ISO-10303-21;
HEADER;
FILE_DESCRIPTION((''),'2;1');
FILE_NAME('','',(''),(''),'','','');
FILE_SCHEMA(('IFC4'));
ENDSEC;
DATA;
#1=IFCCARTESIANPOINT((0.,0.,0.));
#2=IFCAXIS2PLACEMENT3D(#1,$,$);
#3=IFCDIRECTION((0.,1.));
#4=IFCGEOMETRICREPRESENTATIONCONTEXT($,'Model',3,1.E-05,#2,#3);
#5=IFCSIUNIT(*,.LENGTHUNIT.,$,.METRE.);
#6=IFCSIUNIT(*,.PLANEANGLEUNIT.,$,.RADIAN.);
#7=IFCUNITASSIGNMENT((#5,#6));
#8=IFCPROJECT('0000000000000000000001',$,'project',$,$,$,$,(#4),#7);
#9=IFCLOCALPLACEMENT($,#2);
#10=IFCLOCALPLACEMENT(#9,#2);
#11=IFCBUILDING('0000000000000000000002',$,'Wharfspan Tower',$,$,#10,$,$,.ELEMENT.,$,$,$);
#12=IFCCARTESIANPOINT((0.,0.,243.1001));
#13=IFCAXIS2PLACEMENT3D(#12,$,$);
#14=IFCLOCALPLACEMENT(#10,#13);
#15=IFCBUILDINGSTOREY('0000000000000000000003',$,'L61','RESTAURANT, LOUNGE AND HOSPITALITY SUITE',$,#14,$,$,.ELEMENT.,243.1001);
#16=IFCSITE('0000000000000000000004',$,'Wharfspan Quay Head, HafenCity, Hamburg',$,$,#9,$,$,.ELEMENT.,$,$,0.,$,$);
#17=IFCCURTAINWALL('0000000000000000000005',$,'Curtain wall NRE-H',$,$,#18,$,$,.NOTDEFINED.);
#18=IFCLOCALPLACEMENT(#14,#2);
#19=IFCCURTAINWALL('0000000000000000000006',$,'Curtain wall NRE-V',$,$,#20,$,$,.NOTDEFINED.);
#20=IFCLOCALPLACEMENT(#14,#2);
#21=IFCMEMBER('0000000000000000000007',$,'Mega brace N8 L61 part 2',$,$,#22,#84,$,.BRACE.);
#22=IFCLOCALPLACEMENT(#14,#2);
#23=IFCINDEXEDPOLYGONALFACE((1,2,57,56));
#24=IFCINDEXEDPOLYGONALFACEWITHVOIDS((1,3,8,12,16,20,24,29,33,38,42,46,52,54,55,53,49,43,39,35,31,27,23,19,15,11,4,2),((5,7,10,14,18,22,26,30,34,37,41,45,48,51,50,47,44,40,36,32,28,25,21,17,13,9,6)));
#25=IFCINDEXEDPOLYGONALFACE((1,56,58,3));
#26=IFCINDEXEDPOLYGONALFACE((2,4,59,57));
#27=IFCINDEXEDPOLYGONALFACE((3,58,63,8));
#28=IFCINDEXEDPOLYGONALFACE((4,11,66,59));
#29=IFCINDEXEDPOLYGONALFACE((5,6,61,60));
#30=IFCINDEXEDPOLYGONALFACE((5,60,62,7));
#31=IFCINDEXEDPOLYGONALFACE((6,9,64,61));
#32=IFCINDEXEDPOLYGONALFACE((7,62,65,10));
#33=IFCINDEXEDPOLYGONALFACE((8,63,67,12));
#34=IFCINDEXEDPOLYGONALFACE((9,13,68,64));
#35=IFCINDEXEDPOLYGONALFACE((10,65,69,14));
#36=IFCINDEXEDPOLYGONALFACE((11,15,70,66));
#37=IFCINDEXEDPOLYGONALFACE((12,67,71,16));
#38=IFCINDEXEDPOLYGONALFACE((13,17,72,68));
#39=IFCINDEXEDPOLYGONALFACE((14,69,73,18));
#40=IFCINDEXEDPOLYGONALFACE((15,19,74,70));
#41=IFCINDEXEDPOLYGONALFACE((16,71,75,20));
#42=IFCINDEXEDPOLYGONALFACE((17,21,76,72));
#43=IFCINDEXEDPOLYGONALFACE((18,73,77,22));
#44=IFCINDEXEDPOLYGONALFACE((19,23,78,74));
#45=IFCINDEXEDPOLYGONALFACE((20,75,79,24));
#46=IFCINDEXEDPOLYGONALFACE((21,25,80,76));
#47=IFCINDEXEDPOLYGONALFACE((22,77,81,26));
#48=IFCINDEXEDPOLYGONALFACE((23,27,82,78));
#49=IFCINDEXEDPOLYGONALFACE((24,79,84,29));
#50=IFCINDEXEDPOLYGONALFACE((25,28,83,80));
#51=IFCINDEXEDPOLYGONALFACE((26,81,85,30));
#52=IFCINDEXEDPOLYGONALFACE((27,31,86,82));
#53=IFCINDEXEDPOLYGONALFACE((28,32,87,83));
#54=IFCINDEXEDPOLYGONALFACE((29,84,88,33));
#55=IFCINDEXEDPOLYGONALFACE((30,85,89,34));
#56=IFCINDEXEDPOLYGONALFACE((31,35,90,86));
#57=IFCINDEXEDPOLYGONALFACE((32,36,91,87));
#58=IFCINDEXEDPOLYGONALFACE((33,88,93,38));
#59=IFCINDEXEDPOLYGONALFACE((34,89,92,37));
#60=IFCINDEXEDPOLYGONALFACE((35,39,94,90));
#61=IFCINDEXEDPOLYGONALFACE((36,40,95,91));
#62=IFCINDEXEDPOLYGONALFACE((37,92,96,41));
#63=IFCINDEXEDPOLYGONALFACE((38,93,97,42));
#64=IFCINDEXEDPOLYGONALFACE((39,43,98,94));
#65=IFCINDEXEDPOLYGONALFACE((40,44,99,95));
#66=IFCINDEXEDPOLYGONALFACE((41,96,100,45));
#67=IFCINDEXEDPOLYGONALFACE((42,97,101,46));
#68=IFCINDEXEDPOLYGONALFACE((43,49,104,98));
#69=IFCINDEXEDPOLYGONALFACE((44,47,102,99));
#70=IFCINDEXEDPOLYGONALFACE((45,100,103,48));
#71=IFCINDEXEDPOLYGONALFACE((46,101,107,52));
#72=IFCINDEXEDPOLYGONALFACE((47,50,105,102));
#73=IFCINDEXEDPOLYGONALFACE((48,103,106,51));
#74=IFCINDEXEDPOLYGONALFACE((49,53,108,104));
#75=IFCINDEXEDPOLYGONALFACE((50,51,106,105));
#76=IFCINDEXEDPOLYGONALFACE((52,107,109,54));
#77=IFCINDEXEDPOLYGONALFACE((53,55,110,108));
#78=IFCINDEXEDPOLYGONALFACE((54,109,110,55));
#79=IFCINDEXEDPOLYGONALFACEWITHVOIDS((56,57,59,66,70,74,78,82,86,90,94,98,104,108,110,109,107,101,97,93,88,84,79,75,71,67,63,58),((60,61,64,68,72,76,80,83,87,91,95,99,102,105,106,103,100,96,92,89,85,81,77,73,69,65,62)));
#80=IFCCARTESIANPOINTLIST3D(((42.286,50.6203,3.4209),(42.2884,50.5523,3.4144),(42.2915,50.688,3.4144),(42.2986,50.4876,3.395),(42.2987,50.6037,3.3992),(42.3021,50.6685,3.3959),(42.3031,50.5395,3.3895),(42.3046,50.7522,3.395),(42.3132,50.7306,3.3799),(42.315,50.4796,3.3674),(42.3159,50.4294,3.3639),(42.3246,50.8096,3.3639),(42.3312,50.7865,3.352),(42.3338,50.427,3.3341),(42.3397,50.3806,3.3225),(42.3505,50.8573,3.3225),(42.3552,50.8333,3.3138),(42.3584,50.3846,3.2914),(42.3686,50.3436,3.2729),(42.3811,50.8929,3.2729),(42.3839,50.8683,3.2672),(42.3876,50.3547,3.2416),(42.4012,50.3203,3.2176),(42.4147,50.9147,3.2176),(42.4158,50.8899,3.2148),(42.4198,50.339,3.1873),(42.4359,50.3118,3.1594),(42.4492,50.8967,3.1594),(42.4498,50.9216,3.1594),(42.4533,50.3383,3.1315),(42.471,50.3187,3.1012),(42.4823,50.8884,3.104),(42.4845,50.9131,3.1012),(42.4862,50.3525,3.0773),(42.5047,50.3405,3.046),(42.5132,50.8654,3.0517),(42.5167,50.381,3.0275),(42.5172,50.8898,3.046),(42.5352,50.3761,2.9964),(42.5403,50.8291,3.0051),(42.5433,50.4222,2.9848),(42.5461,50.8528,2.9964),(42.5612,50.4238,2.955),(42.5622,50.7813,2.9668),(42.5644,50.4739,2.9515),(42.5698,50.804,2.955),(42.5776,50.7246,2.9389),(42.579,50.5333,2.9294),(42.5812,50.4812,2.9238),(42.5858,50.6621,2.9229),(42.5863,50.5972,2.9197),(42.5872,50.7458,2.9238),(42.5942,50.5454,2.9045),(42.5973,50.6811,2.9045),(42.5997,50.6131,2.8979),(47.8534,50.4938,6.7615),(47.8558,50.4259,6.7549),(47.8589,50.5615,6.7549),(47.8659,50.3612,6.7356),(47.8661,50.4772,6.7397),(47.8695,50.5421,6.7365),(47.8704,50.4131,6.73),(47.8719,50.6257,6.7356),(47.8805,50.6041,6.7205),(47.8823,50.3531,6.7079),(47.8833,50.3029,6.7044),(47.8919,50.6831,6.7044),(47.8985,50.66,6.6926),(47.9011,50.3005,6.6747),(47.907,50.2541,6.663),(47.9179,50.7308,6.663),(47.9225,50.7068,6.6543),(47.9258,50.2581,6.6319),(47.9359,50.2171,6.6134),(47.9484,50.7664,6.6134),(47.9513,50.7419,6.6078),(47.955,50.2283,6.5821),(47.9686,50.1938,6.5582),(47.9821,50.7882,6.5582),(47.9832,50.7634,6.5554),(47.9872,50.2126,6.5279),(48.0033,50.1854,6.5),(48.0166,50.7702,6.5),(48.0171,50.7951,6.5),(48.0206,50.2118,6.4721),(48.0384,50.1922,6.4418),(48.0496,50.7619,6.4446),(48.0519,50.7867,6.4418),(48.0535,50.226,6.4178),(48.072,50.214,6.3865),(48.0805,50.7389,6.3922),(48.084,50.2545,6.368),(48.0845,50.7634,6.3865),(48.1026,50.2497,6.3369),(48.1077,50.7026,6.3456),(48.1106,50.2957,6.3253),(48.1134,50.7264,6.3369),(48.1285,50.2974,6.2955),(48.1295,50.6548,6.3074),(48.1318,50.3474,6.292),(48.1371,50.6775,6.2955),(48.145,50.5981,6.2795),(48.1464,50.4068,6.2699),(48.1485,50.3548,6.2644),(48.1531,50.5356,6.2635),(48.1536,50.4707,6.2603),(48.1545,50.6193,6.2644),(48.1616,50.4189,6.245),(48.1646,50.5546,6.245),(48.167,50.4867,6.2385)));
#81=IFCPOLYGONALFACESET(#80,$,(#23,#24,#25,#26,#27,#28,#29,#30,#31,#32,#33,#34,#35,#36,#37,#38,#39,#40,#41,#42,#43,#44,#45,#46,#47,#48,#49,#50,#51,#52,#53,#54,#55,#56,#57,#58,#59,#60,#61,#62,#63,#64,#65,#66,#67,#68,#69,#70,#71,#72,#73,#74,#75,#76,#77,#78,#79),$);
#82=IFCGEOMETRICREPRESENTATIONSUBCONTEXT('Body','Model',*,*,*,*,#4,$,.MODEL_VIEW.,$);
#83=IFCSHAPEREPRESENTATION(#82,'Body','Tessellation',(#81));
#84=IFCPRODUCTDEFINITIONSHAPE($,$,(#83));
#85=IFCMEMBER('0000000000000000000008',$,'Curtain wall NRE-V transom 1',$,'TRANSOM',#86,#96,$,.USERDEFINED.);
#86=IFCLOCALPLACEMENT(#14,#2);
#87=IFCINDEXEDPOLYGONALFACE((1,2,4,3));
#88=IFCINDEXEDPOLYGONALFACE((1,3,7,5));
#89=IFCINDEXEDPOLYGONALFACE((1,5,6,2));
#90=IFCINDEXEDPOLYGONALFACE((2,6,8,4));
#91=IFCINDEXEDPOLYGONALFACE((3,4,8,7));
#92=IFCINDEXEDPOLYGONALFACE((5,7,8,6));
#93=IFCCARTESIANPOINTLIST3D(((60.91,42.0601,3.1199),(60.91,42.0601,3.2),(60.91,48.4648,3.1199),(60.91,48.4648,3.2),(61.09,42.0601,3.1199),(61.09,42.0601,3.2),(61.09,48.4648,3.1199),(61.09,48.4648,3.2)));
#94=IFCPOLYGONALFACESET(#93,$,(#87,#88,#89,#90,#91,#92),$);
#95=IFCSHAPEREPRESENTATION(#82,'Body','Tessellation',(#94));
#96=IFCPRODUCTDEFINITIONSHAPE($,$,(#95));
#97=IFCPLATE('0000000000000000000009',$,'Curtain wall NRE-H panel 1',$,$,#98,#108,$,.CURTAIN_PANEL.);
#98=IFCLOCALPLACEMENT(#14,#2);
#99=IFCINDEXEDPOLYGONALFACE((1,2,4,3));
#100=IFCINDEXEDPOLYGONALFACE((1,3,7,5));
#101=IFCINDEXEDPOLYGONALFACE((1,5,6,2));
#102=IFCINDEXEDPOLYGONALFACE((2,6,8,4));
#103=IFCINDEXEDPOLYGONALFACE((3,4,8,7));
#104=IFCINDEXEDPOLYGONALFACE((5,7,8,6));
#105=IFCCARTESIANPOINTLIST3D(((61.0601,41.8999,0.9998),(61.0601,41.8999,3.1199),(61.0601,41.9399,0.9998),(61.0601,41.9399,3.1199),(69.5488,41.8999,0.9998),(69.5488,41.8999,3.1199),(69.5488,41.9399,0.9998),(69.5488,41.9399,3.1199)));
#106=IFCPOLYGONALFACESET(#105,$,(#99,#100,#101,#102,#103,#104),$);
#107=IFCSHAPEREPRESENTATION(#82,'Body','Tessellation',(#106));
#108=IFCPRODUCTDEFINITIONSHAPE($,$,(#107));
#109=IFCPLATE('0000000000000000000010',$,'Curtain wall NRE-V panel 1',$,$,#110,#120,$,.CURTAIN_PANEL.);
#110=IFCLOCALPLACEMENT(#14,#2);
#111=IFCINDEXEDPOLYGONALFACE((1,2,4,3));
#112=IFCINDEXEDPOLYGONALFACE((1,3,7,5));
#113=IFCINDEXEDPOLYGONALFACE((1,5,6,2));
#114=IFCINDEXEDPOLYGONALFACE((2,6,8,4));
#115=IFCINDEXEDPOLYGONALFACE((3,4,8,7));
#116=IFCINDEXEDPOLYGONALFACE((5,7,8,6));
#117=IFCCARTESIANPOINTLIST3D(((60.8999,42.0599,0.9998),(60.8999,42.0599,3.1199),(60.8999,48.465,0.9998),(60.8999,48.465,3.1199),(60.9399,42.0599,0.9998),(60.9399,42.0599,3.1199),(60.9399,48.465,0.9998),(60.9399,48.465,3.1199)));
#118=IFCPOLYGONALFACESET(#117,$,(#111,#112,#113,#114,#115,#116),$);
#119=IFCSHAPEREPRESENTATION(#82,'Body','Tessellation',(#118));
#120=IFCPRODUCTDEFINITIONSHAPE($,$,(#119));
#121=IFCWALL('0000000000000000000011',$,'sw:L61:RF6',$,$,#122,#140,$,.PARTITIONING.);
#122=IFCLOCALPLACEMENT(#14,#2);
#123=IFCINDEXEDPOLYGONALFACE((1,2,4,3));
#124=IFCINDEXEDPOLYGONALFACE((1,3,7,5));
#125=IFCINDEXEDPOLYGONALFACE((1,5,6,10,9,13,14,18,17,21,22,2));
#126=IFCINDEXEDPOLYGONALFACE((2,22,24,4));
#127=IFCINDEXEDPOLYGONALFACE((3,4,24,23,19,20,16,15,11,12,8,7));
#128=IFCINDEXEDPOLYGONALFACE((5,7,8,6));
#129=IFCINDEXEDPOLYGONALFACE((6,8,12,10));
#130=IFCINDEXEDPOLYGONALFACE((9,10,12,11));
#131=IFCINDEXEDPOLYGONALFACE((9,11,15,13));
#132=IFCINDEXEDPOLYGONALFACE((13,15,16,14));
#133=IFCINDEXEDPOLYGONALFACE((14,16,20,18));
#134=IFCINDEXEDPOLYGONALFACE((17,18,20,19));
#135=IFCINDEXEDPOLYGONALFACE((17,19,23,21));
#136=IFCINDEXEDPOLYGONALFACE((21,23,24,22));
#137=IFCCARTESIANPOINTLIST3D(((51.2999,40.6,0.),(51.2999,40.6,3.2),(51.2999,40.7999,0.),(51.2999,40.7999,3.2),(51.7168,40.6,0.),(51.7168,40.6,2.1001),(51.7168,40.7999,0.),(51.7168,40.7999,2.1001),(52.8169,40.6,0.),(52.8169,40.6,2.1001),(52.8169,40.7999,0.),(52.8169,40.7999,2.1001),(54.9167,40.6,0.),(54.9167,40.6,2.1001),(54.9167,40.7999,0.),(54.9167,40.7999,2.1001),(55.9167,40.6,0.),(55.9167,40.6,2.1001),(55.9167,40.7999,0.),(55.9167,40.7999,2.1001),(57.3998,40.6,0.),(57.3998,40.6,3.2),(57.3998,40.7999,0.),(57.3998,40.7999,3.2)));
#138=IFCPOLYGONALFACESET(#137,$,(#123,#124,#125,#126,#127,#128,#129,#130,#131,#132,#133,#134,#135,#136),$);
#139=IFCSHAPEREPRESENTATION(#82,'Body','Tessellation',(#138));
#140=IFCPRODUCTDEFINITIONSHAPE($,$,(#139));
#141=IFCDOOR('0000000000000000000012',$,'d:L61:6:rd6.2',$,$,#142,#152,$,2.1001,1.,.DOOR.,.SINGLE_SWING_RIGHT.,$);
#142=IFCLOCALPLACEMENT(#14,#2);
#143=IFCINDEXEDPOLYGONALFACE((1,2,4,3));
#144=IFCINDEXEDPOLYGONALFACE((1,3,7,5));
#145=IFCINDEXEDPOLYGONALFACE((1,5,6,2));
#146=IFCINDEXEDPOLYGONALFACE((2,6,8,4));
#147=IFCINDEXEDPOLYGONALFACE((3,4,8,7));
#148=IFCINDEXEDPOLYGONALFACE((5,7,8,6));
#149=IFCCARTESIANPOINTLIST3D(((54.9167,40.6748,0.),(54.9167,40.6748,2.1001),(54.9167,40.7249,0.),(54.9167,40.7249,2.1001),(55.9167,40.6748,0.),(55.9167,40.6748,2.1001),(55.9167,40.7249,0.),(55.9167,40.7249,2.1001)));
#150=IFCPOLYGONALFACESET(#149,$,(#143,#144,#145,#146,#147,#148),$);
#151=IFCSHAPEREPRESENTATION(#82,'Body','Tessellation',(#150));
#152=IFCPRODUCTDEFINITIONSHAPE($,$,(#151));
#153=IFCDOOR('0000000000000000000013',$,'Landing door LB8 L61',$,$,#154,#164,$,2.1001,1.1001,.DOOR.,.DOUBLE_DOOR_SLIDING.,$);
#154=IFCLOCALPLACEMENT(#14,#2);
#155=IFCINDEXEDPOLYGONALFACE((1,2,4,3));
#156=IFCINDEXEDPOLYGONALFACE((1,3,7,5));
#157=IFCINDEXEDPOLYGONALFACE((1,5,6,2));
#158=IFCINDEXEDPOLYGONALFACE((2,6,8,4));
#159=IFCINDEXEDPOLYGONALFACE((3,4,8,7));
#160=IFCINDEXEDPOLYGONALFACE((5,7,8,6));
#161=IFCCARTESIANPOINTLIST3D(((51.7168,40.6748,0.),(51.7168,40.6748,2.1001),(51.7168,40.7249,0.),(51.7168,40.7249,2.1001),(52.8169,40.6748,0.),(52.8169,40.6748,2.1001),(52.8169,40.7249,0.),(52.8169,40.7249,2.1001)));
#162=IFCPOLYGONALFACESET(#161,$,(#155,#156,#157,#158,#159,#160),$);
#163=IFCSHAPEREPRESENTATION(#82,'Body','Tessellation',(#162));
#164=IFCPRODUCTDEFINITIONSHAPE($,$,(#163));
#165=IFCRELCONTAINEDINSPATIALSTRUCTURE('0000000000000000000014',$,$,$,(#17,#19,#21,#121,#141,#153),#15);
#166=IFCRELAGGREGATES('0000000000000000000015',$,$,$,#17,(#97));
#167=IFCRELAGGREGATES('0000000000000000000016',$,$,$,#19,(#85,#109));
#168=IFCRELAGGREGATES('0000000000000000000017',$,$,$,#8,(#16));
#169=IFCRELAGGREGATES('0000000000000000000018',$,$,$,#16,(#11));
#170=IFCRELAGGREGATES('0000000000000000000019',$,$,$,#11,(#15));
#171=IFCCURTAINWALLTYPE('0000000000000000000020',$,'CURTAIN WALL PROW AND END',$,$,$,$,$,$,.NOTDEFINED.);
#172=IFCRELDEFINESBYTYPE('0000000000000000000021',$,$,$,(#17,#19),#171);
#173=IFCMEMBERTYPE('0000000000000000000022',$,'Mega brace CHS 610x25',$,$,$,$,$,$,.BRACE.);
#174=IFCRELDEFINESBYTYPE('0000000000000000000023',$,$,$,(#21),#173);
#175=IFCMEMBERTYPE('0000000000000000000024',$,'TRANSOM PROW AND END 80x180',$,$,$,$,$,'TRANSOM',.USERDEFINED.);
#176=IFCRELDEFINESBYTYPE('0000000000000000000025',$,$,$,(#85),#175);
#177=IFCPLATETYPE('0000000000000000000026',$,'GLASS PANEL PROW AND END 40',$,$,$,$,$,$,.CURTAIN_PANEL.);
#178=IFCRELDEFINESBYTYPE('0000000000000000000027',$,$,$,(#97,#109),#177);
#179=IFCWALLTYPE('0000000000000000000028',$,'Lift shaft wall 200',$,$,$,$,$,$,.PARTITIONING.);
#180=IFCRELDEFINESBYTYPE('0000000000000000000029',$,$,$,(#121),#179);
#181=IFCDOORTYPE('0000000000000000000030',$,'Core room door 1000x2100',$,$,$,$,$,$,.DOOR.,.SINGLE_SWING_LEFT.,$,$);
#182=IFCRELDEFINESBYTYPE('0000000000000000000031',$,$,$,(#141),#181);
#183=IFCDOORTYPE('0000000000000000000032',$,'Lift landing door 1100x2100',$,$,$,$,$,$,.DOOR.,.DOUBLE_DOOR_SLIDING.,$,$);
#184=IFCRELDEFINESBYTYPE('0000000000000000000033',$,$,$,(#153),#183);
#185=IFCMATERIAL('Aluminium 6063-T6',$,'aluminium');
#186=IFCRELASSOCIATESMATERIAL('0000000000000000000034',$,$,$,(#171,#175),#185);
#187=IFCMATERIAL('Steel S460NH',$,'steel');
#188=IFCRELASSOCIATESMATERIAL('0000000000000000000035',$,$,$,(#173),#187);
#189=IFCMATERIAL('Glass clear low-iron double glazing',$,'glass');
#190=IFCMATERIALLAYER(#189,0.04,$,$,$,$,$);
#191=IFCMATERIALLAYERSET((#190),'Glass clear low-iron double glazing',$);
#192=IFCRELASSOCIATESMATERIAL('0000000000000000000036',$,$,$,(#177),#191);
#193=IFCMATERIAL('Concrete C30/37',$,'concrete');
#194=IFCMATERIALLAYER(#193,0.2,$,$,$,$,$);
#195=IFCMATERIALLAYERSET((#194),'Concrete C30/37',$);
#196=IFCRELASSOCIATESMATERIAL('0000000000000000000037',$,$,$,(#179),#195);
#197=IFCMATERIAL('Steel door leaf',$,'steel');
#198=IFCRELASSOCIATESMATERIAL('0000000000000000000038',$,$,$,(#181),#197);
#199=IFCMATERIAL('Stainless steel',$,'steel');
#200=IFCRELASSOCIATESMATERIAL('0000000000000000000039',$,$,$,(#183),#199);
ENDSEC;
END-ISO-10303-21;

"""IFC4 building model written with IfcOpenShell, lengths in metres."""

from ifc_helpers import new_model, si_unit, direction, frame, frame_2d, origin, origin_2d, place, context, subcontext, project, spatial, rectangle, hollow_circle, extrude, material, layer, layer_set, material_profile, profile_set, type_object, element, fill, aggregate, save


model = new_model("IFC4")

# Units and contexts
model_context = context("Model", 3, precision=1e-05, world=origin(), true_north=direction((0.0, 1.0)))
body_context = subcontext(model_context, "Body", "Model", "MODEL_VIEW")
ifc_project = project(units=[si_unit("LENGTHUNIT", "METRE"), si_unit("PLANEANGLEUNIT", "RADIAN")], contexts=[model_context])

# Site, building, storey
site_placement = place(None, origin())
site = spatial("IfcSite", under=ifc_project, at=site_placement, Name="Wharfspan Quay Head, HafenCity, Hamburg", CompositionType="ELEMENT", RefElevation=0.0)
building_placement = place(site_placement, origin())
building = spatial("IfcBuilding", under=site, at=building_placement, Name="Wharfspan Tower", CompositionType="ELEMENT")
storey_placement = place(building_placement, frame((0.0, 0.0, 243.1001)))
storey = spatial("IfcBuildingStorey", under=building, at=storey_placement, Name="L61", Description="RESTAURANT, LOUNGE AND HOSPITALITY SUITE", CompositionType="ELEMENT", Elevation=243.1001)

# Curtain wall
ifc_material_1 = material(Name="Aluminium 6063-T6", Category="aluminium")
curtain_wall_type = type_object("IfcCurtainWallType", Name="CURTAIN WALL PROW AND END", PredefinedType="NOTDEFINED", material=ifc_material_1)
curtain_wall_1_placement = place(storey_placement, origin())
curtain_wall_1 = element("IfcCurtainWall", 1, at=curtain_wall_1_placement, inside=storey, type_object=curtain_wall_type, Name="Curtain wall NRE-H", PredefinedType="NOTDEFINED")

# Curtain wall
curtain_wall_2_placement = place(storey_placement, origin())
curtain_wall_2 = element("IfcCurtainWall", 2, at=curtain_wall_2_placement, inside=storey, type_object=curtain_wall_type, Name="Curtain wall NRE-V", PredefinedType="NOTDEFINED")

# Members
ifc_material_2 = material(Name="Steel S460NH", Category="steel")
ifc_material_profile_1 = material_profile(ifc_material_2, hollow_circle(Radius=0.3049, WallThickness=0.0249, at=origin_2d()))
ifc_profile_set_1 = profile_set([ifc_material_profile_1], Name="Steel S460NH")
member_type_1 = type_object("IfcMemberType", Name="Mega brace CHS 610x25", PredefinedType="BRACE", material=ifc_profile_set_1)
member_1_placement = place(storey_placement, frame((42.4429, 50.6167, 3.1594), z_axis=(0.85732, -0.019474, 0.514415), x_axis=(0.022708, 0.999746, 0.000002)))
element("IfcMember", 3, at=member_1_placement, inside=storey, type_object=member_type_1, Name="Mega brace N8 L61 part 2", PredefinedType="BRACE", context=body_context, shape_type="SweptSolid", body=[
    extrude(hollow_circle(Radius=0.3049, WallThickness=0.0249, at=origin_2d()), origin(), (0.0, 0.0, 1.0), 6.4939),
])
ifc_material_profile_2 = material_profile(ifc_material_1, rectangle(XDim=0.1799, YDim=0.0801, at=origin_2d()))
ifc_profile_set_2 = profile_set([ifc_material_profile_2], Name="Aluminium 6063-T6")
member_type_2 = type_object("IfcMemberType", Name="TRANSOM PROW AND END 80x180", ElementType="TRANSOM", PredefinedType="USERDEFINED", material=ifc_profile_set_2)
member_2_placement = place(storey_placement, frame((61.0, 42.0601, 3.1599), z_axis=(0.0, 1.0, 0.0), x_axis=(-1.0, 0.0, 0.0)))
member_2 = element("IfcMember", 4, at=member_2_placement, type_object=member_type_2, Name="Curtain wall NRE-V transom 1", ObjectType="TRANSOM", PredefinedType="USERDEFINED", context=body_context, shape_type="SweptSolid", body=[
    extrude(rectangle(XDim=0.1799, YDim=0.0801, at=origin_2d()), origin(), (0.0, 0.0, 1.0), 6.4048),
])

# Plates
ifc_material_3 = material(Name="Glass clear low-iron double glazing", Category="glass")
ifc_layer_1 = layer(ifc_material_3, 0.04)
ifc_layer_set_1 = layer_set([ifc_layer_1], Name="Glass clear low-iron double glazing")
plate_type = type_object("IfcPlateType", Name="GLASS PANEL PROW AND END 40", PredefinedType="CURTAIN_PANEL", material=ifc_layer_set_1)
plate_1_placement = place(storey_placement, frame((65.3044, 41.9199, 0.9998), z_axis=(0.0, 0.0, 1.0), x_axis=(-1.0, 0.0, 0.0)))
plate_1 = element("IfcPlate", 5, at=plate_1_placement, type_object=plate_type, Name="Curtain wall NRE-H panel 1", PredefinedType="CURTAIN_PANEL", context=body_context, shape_type="SweptSolid", body=[
    extrude(rectangle(XDim=8.4888, YDim=0.04, at=origin_2d()), origin(), (0.0, 0.0, 1.0), 2.1201),
])
aggregate(curtain_wall_1, [plate_1])
plate_2_placement = place(storey_placement, frame((60.9199, 45.2625, 0.9998), z_axis=(0.0, 0.0, 1.0), x_axis=(0.0, 1.0, 0.0)))
plate_2 = element("IfcPlate", 6, at=plate_2_placement, type_object=plate_type, Name="Curtain wall NRE-V panel 1", PredefinedType="CURTAIN_PANEL", context=body_context, shape_type="SweptSolid", body=[
    extrude(rectangle(XDim=6.405, YDim=0.04, at=origin_2d()), origin(), (0.0, 0.0, 1.0), 2.1201),
])
aggregate(curtain_wall_2, [member_2, plate_2])

# Wall, openings, doors
ifc_material_4 = material(Name="Concrete C30/37", Category="concrete")
ifc_layer_2 = layer(ifc_material_4, 0.2)
ifc_layer_set_2 = layer_set([ifc_layer_2], Name="Concrete C30/37")
wall_type_1 = type_object("IfcWallType", Name="Lift shaft wall 200", PredefinedType="PARTITIONING", material=ifc_layer_set_2)
wall_1_placement = place(storey_placement, frame((51.3, 40.7, 0.0), z_axis=(0.0, 0.0, 1.0), x_axis=(1.0, 0.0, 0.0)))
wall_1 = element("IfcWall", 7, at=wall_1_placement, inside=storey, type_object=wall_type_1, Name="sw:L61:RF6", PredefinedType="PARTITIONING", context=body_context, shape_type="SweptSolid", body=[
    extrude(rectangle(XDim=6.0999, YDim=0.2, at=frame_2d((3.0498, 0.0))), origin(), (0.0, 0.0, 1.0), 3.2),
])
opening_1_placement = place(wall_1_placement, frame((0.4167, 0.0, 0.0)))
opening_1 = element("IfcOpeningElement", 8, at=opening_1_placement, cuts=wall_1, PredefinedType="OPENING", context=body_context, shape_type="SweptSolid", body=[
    extrude(rectangle(XDim=1.1001, YDim=2.1001, at=frame_2d((0.55, 1.05))), frame((0.0, 0.1099, 0.0), z_axis=(0.0, -1.0, 0.0), x_axis=(1.0, 0.0, 0.0)), (0.0, 0.0, 1.0), 0.22),
])
opening_2_placement = place(wall_1_placement, frame((3.6167, 0.0, 0.0)))
opening_2 = element("IfcOpeningElement", 9, at=opening_2_placement, cuts=wall_1, PredefinedType="OPENING", context=body_context, shape_type="SweptSolid", body=[
    extrude(rectangle(XDim=1.0, YDim=2.1001, at=frame_2d((0.5, 1.05))), frame((0.0, 0.1099, 0.0), z_axis=(0.0, -1.0, 0.0), x_axis=(1.0, 0.0, 0.0)), (0.0, 0.0, 1.0), 0.22),
])
ifc_material_5 = material(Name="Steel door leaf", Category="steel")
door_type_1 = type_object("IfcDoorType", Name="Core room door 1000x2100", OperationType="SINGLE_SWING_LEFT", PredefinedType="DOOR", material=ifc_material_5)
door_1_placement = place(opening_2_placement, origin())
door_1 = element("IfcDoor", 10, at=door_1_placement, inside=storey, type_object=door_type_1, Name="d:L61:6:rd6.2", OperationType="SINGLE_SWING_RIGHT", OverallHeight=2.1001, OverallWidth=1.0, PredefinedType="DOOR", context=body_context, shape_type="SweptSolid", body=[
    extrude(rectangle(XDim=1.0, YDim=2.1001, at=frame_2d((0.5, 1.05))), frame((0.0, 0.0249, 0.0), z_axis=(0.0, -1.0, 0.0), x_axis=(1.0, 0.0, 0.0)), (0.0, 0.0, 1.0), 0.05),
])
fill(opening_2, door_1)
ifc_material_6 = material(Name="Stainless steel", Category="steel")
door_type_2 = type_object("IfcDoorType", Name="Lift landing door 1100x2100", OperationType="DOUBLE_DOOR_SLIDING", PredefinedType="DOOR", material=ifc_material_6)
door_2_placement = place(opening_1_placement, origin())
door_2 = element("IfcDoor", 11, at=door_2_placement, inside=storey, type_object=door_type_2, Name="Landing door LB8 L61", OperationType="DOUBLE_DOOR_SLIDING", OverallHeight=2.1001, OverallWidth=1.1001, PredefinedType="DOOR", context=body_context, shape_type="SweptSolid", body=[
    extrude(rectangle(XDim=1.1001, YDim=2.1001, at=frame_2d((0.55, 1.05))), frame((0.0, 0.0249, 0.0), z_axis=(0.0, -1.0, 0.0), x_axis=(1.0, 0.0, 0.0)), (0.0, 0.0, 1.0), 0.05),
])
fill(opening_1, door_2)

save(model, "model.ifc")
